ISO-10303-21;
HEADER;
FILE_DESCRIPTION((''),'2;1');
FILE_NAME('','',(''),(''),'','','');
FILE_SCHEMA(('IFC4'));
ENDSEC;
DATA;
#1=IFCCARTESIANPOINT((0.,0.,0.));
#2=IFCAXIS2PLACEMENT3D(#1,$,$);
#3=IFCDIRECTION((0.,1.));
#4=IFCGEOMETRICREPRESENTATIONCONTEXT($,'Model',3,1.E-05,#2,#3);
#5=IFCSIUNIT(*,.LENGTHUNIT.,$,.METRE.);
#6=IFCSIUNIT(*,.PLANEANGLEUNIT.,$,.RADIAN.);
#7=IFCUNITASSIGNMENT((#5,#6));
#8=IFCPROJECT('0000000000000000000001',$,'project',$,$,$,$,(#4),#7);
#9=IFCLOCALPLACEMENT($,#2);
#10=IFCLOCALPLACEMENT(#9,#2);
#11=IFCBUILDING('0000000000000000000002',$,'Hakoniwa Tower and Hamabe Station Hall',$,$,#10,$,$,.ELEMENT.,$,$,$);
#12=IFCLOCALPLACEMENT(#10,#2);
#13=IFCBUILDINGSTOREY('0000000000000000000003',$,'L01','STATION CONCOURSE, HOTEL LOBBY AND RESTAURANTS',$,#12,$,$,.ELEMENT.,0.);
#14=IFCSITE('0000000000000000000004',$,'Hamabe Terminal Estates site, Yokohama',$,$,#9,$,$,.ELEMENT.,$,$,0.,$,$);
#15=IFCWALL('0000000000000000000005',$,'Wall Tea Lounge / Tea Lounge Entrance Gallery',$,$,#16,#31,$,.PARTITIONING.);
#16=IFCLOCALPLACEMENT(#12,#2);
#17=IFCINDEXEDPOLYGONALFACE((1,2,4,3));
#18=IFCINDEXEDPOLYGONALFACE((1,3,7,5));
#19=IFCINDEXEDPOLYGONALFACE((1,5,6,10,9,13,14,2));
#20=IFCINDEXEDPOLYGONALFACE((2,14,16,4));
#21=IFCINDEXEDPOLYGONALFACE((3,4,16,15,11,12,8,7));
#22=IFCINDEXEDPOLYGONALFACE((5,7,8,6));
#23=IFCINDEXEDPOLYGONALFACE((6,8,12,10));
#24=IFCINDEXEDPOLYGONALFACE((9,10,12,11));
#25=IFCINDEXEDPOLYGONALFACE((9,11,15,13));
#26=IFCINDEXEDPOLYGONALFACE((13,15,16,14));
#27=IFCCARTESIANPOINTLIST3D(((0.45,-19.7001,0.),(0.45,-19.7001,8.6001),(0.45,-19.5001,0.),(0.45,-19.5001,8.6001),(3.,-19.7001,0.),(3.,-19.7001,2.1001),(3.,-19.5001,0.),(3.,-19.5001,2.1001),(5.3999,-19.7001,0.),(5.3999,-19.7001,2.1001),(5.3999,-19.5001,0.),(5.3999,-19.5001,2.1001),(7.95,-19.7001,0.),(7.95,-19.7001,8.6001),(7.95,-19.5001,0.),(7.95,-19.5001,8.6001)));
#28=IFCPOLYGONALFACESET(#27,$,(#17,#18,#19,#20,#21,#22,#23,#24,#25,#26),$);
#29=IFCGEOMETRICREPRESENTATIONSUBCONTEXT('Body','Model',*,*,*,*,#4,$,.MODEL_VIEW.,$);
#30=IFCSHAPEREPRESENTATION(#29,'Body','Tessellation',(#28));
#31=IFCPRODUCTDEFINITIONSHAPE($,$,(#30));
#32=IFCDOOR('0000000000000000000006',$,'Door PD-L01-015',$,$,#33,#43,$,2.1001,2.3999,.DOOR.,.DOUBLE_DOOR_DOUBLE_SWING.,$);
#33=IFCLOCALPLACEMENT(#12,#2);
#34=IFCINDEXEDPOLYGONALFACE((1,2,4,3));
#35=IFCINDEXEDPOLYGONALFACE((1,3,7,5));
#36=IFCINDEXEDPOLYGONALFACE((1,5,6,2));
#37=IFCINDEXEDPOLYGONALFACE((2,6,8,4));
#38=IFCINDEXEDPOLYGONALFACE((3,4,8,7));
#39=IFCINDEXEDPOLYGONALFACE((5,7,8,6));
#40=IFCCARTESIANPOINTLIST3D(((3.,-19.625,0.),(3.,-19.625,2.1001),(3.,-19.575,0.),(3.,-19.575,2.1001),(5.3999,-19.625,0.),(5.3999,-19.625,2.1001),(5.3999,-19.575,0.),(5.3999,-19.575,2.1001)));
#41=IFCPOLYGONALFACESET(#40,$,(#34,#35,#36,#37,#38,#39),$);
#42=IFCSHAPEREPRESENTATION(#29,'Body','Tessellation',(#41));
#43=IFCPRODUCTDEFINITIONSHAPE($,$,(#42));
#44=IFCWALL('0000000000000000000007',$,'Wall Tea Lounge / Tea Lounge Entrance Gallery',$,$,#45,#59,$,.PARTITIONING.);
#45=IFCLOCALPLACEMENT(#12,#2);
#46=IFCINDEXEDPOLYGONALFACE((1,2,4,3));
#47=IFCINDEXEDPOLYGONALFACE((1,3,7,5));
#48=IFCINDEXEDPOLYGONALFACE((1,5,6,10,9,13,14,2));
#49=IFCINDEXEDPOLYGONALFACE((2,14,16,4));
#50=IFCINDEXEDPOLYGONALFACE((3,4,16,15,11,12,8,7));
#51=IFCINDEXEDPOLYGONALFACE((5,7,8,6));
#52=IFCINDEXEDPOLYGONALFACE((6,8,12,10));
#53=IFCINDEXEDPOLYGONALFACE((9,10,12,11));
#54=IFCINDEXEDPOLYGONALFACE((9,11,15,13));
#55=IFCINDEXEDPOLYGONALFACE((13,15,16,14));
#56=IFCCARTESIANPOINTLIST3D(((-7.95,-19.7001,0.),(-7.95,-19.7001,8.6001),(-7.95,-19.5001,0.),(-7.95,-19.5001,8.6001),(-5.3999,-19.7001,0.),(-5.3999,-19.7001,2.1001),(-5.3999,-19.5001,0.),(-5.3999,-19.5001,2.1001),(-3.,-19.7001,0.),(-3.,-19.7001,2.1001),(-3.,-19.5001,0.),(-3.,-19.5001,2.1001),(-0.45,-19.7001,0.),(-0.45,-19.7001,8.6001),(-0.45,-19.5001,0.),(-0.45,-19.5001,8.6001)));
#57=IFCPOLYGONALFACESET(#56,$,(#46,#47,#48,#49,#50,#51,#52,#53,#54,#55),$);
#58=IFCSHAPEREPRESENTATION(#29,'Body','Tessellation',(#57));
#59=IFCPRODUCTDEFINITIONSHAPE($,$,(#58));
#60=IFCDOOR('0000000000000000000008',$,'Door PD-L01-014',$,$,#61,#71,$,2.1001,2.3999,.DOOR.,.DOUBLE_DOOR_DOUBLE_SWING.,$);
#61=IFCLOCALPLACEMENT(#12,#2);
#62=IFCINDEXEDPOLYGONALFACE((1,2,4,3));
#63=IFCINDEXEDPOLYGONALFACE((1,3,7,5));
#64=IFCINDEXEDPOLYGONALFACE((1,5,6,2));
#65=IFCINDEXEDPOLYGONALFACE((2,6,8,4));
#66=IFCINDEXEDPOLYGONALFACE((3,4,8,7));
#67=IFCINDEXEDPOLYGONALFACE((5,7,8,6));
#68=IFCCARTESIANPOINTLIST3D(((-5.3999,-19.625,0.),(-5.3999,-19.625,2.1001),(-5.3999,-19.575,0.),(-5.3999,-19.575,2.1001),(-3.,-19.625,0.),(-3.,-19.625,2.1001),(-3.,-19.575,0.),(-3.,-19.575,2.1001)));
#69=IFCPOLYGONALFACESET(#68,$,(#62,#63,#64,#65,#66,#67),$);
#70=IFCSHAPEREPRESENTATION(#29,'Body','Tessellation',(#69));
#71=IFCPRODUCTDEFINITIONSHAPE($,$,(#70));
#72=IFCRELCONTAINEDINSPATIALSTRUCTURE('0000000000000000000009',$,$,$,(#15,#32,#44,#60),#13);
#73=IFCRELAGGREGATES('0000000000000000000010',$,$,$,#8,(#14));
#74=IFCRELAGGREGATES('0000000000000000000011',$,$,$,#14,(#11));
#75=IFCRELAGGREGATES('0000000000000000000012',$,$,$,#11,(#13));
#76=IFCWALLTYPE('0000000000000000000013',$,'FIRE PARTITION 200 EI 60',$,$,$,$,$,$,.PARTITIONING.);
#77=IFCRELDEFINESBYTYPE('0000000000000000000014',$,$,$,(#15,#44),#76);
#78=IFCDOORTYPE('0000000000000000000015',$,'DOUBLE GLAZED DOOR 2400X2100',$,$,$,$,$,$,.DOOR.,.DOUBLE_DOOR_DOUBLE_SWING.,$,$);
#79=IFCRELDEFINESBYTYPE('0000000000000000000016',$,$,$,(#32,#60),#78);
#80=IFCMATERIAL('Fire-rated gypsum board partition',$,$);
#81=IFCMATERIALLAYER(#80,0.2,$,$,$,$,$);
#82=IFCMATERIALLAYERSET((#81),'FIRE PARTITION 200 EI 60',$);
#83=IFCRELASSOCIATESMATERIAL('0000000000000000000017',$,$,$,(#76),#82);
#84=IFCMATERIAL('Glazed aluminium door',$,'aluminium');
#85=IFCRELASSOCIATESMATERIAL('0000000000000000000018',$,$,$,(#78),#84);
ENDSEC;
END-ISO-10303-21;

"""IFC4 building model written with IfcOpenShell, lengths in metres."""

from ifc_helpers import new_model, si_unit, direction, frame, frame_2d, origin, place, context, subcontext, project, spatial, rectangle, extrude, material, layer, layer_set, type_object, element, fill, save


model = new_model("IFC4")

# Units and contexts
model_context = context("Model", 3, precision=1e-05, world=origin(), true_north=direction((0.0, 1.0)))
body_context = subcontext(model_context, "Body", "Model", "MODEL_VIEW")
ifc_project = project(units=[si_unit("LENGTHUNIT", "METRE"), si_unit("PLANEANGLEUNIT", "RADIAN")], contexts=[model_context])

# Site, building, storey
site_placement = place(None, origin())
site = spatial("IfcSite", under=ifc_project, at=site_placement, Name="Hamabe Terminal Estates site, Yokohama", CompositionType="ELEMENT", RefElevation=0.0)
building_placement = place(site_placement, origin())
building = spatial("IfcBuilding", under=site, at=building_placement, Name="Hakoniwa Tower and Hamabe Station Hall", CompositionType="ELEMENT")
storey_placement = place(building_placement, origin())
storey = spatial("IfcBuildingStorey", under=building, at=storey_placement, Name="L01", Description="STATION CONCOURSE, HOTEL LOBBY AND RESTAURANTS", CompositionType="ELEMENT", Elevation=0.0)

# Walls, openings, doors
ifc_material_1 = material(Name="Fire-rated gypsum board partition")
ifc_layer_1 = layer(ifc_material_1, 0.2)
ifc_layer_set_1 = layer_set([ifc_layer_1], Name="FIRE PARTITION 200 EI 60")
wall_type_1 = type_object("IfcWallType", Name="FIRE PARTITION 200 EI 60", PredefinedType="PARTITIONING", material=ifc_layer_set_1)
wall_1_placement = place(storey_placement, frame((7.95, -19.6001, 0.0), z_axis=(0.0, 0.0, 1.0), x_axis=(-1.0, 0.0, 0.0)))
wall_1 = element("IfcWall", 1, at=wall_1_placement, inside=storey, type_object=wall_type_1, Name="Wall Tea Lounge / Tea Lounge Entrance Gallery", PredefinedType="PARTITIONING", context=body_context, shape_type="SweptSolid", body=[
    extrude(rectangle(XDim=7.5, YDim=0.2, at=frame_2d((3.75, 0.0))), origin(), (0.0, 0.0, 1.0), 8.6001),
])
opening_1_placement = place(wall_1_placement, frame((2.55, 0.0, 0.0)))
opening_1 = element("IfcOpeningElement", 2, at=opening_1_placement, cuts=wall_1, PredefinedType="OPENING", context=body_context, shape_type="SweptSolid", body=[
    extrude(rectangle(XDim=2.3999, YDim=2.1001, at=frame_2d((1.2, 1.05))), frame((0.0, 0.1099, 0.0), z_axis=(0.0, -1.0, 0.0), x_axis=(1.0, 0.0, 0.0)), (0.0, 0.0, 1.0), 0.22),
])
ifc_material_2 = material(Name="Glazed aluminium door", Category="aluminium")
door_type_1 = type_object("IfcDoorType", Name="DOUBLE GLAZED DOOR 2400X2100", OperationType="DOUBLE_DOOR_DOUBLE_SWING", PredefinedType="DOOR", material=ifc_material_2)
door_1_placement = place(opening_1_placement, origin())
door_1 = element("IfcDoor", 3, at=door_1_placement, inside=storey, type_object=door_type_1, Name="Door PD-L01-015", OperationType="DOUBLE_DOOR_DOUBLE_SWING", OverallHeight=2.1001, OverallWidth=2.3999, PredefinedType="DOOR", context=body_context, shape_type="SweptSolid", body=[
    extrude(rectangle(XDim=2.3999, YDim=2.1001, at=frame_2d((1.2, 1.05))), frame((0.0, 0.0249, 0.0), z_axis=(0.0, -1.0, 0.0), x_axis=(1.0, 0.0, 0.0)), (0.0, 0.0, 1.0), 0.05),
])
fill(opening_1, door_1)
wall_2_placement = place(storey_placement, frame((-0.45, -19.6001, 0.0), z_axis=(0.0, 0.0, 1.0), x_axis=(-1.0, 0.0, 0.0)))
wall_2 = element("IfcWall", 4, at=wall_2_placement, inside=storey, type_object=wall_type_1, Name="Wall Tea Lounge / Tea Lounge Entrance Gallery", PredefinedType="PARTITIONING", context=body_context, shape_type="SweptSolid", body=[
    extrude(rectangle(XDim=7.5, YDim=0.2, at=frame_2d((3.75, 0.0))), origin(), (0.0, 0.0, 1.0), 8.6001),
])
opening_2_placement = place(wall_2_placement, frame((2.55, 0.0, 0.0)))
opening_2 = element("IfcOpeningElement", 5, at=opening_2_placement, cuts=wall_2, PredefinedType="OPENING", context=body_context, shape_type="SweptSolid", body=[
    extrude(rectangle(XDim=2.3999, YDim=2.1001, at=frame_2d((1.2, 1.05))), frame((0.0, 0.1099, 0.0), z_axis=(0.0, -1.0, 0.0), x_axis=(1.0, 0.0, 0.0)), (0.0, 0.0, 1.0), 0.22),
])
door_2_placement = place(opening_2_placement, origin())
door_2 = element("IfcDoor", 6, at=door_2_placement, inside=storey, type_object=door_type_1, Name="Door PD-L01-014", OperationType="DOUBLE_DOOR_DOUBLE_SWING", OverallHeight=2.1001, OverallWidth=2.3999, PredefinedType="DOOR", context=body_context, shape_type="SweptSolid", body=[
    extrude(rectangle(XDim=2.3999, YDim=2.1001, at=frame_2d((1.2, 1.05))), frame((0.0, 0.0249, 0.0), z_axis=(0.0, -1.0, 0.0), x_axis=(1.0, 0.0, 0.0)), (0.0, 0.0, 1.0), 0.05),
])
fill(opening_2, door_2)

save(model, "model.ifc")
